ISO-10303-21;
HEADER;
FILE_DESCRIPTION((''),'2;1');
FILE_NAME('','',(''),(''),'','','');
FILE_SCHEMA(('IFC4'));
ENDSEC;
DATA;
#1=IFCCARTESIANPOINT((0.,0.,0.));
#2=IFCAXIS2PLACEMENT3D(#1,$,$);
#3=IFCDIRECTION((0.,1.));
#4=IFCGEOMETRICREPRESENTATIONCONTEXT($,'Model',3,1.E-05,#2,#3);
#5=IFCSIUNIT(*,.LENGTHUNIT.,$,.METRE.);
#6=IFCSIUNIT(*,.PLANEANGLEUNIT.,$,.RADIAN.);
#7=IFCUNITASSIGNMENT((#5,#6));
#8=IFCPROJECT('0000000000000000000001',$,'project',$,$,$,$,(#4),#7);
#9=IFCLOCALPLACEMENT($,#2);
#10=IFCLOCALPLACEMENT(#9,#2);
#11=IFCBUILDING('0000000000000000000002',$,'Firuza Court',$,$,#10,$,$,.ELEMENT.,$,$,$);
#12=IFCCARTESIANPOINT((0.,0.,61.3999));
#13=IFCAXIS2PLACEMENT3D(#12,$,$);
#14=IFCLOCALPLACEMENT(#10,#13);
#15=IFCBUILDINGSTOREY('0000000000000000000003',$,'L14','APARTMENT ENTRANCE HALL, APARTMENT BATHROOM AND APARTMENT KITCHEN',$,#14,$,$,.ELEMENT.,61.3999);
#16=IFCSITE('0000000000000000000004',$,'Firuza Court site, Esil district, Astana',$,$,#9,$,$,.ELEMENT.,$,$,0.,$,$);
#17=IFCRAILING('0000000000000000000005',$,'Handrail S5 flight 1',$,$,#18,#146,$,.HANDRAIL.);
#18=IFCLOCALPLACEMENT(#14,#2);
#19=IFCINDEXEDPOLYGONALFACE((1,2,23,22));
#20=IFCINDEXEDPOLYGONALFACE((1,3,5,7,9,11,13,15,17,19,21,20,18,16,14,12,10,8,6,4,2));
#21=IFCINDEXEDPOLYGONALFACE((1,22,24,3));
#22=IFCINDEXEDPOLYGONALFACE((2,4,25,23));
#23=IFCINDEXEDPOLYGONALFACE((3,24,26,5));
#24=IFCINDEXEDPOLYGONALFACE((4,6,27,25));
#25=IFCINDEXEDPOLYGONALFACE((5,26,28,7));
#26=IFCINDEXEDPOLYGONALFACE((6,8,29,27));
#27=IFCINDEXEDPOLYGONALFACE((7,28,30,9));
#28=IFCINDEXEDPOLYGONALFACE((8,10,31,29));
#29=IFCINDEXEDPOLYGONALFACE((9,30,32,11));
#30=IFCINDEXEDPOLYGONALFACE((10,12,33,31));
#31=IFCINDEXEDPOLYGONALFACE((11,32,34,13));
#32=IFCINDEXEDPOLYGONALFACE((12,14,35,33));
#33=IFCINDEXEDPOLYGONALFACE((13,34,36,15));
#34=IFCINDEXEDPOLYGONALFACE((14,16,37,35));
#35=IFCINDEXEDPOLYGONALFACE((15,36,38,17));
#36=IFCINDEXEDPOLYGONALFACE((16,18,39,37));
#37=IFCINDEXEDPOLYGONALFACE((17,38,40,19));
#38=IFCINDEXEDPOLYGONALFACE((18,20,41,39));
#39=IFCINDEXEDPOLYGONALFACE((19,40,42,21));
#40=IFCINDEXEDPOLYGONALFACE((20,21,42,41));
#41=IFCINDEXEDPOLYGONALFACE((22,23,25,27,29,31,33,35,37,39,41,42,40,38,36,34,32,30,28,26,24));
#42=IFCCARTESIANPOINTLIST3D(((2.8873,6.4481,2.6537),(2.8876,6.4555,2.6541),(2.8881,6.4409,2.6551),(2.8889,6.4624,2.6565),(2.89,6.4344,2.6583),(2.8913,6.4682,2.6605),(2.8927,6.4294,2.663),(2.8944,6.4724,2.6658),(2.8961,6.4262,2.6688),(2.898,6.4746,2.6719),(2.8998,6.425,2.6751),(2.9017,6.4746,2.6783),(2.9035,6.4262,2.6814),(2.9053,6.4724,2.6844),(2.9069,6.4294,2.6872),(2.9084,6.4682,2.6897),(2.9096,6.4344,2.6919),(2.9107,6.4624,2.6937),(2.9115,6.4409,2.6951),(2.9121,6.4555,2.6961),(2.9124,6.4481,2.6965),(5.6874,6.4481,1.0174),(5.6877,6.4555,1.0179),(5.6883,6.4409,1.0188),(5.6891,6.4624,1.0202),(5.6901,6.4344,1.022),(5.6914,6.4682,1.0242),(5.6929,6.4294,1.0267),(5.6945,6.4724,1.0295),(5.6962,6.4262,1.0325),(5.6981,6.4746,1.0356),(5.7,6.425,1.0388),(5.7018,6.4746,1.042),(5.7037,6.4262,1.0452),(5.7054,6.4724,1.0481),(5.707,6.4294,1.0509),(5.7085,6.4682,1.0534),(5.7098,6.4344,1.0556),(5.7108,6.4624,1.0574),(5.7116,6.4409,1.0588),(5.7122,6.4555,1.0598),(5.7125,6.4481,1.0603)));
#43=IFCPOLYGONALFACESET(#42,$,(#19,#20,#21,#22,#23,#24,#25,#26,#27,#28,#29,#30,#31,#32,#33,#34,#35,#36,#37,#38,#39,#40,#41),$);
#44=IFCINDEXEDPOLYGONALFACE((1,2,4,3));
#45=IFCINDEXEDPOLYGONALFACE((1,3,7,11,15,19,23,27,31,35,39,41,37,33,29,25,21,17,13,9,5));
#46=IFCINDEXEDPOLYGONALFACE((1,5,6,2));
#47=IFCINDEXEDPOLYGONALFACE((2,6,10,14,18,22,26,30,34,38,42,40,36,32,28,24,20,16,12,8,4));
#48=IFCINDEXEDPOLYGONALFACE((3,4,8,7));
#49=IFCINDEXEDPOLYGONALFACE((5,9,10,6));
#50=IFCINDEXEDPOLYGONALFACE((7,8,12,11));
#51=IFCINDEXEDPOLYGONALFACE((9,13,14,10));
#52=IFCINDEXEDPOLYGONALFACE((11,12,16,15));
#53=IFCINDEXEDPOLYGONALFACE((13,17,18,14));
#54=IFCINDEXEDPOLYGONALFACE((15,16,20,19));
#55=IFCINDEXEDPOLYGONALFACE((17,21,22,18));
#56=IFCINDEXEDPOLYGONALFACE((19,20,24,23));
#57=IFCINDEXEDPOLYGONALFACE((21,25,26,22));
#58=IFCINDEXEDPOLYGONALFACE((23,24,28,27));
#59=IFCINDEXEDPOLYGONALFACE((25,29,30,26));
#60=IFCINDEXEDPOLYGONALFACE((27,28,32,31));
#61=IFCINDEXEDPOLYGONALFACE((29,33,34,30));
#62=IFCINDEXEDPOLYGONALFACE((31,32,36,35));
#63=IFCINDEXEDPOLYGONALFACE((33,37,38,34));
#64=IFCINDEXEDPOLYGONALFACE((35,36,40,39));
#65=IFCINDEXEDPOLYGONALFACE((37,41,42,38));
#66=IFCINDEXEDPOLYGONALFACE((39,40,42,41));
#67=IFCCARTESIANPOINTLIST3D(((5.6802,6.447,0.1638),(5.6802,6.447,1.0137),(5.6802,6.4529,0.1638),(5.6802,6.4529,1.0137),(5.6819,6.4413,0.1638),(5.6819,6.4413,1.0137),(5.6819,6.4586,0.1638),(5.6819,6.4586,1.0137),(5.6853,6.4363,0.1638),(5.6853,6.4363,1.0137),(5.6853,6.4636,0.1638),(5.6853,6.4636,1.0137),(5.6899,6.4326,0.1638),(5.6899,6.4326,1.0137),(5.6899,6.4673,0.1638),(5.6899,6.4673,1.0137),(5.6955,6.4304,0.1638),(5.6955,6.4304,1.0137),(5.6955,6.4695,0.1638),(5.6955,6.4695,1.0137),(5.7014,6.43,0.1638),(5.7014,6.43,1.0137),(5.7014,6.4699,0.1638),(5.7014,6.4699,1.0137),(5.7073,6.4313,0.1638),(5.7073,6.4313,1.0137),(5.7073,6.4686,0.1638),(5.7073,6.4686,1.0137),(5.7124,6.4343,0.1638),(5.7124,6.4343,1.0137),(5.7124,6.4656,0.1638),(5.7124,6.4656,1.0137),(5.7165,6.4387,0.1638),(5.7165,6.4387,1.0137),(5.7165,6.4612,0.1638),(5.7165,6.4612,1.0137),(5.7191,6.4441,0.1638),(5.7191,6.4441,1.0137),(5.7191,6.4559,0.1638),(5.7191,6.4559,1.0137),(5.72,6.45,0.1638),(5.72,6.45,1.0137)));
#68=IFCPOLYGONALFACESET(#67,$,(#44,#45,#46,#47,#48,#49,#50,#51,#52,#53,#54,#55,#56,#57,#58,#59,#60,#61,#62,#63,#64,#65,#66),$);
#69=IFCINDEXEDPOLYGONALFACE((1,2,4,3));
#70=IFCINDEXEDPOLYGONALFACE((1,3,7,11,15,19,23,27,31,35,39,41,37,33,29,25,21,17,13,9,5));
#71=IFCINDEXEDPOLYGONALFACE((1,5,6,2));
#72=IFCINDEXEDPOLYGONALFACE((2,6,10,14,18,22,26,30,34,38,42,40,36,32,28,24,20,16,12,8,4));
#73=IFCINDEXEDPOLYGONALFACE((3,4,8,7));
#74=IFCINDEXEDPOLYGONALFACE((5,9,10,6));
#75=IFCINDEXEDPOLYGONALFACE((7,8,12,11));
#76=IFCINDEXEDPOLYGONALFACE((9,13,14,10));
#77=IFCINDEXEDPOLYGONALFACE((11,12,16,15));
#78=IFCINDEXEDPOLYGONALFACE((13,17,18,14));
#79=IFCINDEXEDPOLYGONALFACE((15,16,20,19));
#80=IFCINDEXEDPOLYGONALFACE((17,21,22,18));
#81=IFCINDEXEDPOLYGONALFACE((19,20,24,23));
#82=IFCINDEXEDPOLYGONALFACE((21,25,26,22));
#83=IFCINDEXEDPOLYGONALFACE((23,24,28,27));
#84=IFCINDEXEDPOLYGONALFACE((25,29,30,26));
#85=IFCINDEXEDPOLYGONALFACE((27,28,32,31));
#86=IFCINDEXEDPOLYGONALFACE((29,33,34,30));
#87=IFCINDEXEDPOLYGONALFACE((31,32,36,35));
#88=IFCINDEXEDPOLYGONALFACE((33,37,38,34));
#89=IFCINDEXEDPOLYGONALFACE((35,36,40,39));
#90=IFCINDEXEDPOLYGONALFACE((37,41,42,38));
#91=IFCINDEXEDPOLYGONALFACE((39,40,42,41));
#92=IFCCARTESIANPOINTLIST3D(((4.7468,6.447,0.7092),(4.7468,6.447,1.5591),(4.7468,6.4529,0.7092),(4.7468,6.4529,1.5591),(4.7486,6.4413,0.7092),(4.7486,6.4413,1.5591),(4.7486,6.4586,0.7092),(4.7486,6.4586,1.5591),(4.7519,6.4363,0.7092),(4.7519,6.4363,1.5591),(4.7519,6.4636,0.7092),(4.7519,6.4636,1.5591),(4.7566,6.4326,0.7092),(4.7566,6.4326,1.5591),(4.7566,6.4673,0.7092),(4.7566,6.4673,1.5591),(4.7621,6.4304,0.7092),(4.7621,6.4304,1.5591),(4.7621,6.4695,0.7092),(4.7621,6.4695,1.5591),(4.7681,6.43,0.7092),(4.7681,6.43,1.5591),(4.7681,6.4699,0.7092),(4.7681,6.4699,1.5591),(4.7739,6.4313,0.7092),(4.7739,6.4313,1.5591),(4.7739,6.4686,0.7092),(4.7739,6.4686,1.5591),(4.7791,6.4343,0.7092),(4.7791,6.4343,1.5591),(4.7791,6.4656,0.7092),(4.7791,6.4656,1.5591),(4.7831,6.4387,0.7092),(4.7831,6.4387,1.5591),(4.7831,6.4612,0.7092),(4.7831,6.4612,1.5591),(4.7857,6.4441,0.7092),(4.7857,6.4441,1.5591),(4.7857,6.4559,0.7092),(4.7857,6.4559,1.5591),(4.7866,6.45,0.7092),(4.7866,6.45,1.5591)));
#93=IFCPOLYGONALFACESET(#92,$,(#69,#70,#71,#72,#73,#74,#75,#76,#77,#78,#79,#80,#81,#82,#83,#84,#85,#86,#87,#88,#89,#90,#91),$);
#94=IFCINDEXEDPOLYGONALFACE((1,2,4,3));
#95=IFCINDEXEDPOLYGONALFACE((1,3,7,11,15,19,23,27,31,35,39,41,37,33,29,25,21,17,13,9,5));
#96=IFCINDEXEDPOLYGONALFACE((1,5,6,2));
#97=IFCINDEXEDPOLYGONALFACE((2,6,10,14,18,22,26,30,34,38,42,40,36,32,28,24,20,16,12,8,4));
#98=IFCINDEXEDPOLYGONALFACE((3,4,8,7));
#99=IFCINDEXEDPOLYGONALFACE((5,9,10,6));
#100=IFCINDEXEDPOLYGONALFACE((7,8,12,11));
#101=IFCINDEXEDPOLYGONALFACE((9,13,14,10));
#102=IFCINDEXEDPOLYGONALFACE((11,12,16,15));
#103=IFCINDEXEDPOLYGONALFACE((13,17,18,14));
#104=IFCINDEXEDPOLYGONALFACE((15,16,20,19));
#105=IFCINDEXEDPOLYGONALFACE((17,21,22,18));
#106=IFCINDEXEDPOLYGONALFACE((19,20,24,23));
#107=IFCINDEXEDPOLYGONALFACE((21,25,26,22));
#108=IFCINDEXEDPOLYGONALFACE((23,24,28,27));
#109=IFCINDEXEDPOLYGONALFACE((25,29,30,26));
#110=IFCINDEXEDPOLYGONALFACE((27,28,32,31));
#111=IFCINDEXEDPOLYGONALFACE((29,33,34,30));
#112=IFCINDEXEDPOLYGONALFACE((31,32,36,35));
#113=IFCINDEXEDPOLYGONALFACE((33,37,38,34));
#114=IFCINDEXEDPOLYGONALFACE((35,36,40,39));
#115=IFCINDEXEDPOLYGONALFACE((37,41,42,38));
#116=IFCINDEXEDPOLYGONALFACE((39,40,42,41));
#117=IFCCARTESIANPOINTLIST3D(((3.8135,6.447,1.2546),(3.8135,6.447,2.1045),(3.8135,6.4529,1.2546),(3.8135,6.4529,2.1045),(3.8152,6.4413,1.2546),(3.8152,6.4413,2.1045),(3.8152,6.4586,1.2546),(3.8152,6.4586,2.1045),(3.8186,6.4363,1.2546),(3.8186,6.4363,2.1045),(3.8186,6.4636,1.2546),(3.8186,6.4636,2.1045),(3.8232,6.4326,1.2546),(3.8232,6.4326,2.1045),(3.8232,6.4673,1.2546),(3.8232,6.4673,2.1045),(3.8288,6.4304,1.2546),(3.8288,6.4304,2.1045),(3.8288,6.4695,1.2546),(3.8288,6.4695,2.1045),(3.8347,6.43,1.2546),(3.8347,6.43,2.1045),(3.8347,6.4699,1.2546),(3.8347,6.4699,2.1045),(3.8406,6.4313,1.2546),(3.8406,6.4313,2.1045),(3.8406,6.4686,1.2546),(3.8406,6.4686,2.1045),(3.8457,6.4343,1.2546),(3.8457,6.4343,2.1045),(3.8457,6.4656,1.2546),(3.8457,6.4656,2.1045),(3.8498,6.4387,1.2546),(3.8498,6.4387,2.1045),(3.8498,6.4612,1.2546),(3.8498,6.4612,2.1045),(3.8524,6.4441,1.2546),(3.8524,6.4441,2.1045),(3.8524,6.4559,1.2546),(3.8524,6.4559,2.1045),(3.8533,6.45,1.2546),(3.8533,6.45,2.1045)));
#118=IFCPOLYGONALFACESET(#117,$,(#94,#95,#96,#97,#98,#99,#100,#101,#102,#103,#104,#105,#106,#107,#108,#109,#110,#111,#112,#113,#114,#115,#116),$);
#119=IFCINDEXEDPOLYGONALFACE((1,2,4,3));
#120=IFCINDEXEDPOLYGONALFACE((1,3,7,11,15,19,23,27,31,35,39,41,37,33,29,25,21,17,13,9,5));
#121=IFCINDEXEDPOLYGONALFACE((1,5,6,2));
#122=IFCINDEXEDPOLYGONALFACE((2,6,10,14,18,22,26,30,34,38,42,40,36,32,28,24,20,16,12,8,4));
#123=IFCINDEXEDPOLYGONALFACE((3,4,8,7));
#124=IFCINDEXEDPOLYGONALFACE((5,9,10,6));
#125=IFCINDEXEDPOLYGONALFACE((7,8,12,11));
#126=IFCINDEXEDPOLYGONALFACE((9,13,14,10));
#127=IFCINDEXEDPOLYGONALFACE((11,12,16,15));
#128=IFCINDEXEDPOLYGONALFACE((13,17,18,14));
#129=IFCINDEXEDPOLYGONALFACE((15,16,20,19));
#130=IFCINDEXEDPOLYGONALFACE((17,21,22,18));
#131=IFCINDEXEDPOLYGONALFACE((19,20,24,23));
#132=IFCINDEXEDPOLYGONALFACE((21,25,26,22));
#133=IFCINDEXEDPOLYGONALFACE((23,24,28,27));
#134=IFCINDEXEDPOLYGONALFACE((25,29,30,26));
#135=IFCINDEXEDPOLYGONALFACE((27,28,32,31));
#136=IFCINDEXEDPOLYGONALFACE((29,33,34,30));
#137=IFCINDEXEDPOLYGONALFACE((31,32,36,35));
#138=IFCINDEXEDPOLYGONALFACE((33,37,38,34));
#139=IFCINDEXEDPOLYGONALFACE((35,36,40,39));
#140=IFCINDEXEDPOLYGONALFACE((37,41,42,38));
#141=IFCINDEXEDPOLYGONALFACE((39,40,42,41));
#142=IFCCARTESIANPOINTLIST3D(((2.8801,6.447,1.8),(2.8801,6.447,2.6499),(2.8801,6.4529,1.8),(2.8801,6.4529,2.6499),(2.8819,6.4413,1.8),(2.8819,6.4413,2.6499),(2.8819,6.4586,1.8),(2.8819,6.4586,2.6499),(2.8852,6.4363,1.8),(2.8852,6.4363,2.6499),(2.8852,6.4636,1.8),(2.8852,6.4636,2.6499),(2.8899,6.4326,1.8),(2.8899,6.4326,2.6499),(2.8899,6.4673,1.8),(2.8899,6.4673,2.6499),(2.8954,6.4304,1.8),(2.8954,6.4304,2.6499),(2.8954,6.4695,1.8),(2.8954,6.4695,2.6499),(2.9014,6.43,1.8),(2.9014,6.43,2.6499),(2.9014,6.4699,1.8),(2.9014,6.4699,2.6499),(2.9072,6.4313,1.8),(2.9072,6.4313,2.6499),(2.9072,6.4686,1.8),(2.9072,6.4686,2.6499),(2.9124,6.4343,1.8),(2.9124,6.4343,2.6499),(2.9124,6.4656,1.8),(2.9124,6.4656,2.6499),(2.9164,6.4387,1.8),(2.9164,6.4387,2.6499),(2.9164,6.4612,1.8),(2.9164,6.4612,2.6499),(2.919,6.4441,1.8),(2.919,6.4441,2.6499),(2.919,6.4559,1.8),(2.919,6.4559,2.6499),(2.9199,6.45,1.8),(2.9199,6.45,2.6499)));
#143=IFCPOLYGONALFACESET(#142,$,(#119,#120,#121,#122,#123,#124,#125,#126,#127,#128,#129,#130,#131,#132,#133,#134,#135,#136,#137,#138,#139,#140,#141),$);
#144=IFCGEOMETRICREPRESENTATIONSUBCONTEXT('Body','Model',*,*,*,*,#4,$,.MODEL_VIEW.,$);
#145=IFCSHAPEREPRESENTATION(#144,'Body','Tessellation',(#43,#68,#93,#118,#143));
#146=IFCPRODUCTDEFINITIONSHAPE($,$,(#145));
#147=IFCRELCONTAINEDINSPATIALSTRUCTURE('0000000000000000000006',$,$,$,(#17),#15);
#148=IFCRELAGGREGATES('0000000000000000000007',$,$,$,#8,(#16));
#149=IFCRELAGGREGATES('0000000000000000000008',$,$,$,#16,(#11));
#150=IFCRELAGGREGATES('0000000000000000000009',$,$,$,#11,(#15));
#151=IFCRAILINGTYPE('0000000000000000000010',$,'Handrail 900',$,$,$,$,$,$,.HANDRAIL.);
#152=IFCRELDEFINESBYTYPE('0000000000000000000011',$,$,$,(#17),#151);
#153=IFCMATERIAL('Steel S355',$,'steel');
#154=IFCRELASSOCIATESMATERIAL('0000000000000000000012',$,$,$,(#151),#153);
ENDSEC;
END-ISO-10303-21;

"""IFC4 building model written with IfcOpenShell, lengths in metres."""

from ifc_helpers import new_model, si_unit, direction, frame, origin, origin_2d, place, context, subcontext, project, spatial, circle, extrude, material, type_object, element, save


model = new_model("IFC4")

# Units and contexts
model_context = context("Model", 3, precision=1e-05, world=origin(), true_north=direction((0.0, 1.0)))
body_context = subcontext(model_context, "Body", "Model", "MODEL_VIEW")
ifc_project = project(units=[si_unit("LENGTHUNIT", "METRE"), si_unit("PLANEANGLEUNIT", "RADIAN")], contexts=[model_context])

# Site, building, storey
site_placement = place(None, origin())
site = spatial("IfcSite", under=ifc_project, at=site_placement, Name="Firuza Court site, Esil district, Astana", CompositionType="ELEMENT", RefElevation=0.0)
building_placement = place(site_placement, origin())
building = spatial("IfcBuilding", under=site, at=building_placement, Name="Firuza Court", CompositionType="ELEMENT")
storey_placement = place(building_placement, frame((0.0, 0.0, 61.3999)))
storey = spatial("IfcBuildingStorey", under=building, at=storey_placement, Name="L14", Description="APARTMENT ENTRANCE HALL, APARTMENT BATHROOM AND APARTMENT KITCHEN", CompositionType="ELEMENT", Elevation=61.3999)

# Railing
ifc_material_1 = material(Name="Steel S355", Category="steel")
railing_type_1 = type_object("IfcRailingType", Name="Handrail 900", PredefinedType="HANDRAIL", material=ifc_material_1)
railing_1_placement = place(storey_placement, frame((5.7, 6.45, 0.1638)))
element("IfcRailing", 1, at=railing_1_placement, inside=storey, type_object=railing_type_1, Name="Handrail S5 flight 1", PredefinedType="HANDRAIL", context=body_context, shape_type="SweptSolid", body=[
    extrude(circle(Radius=0.0249, at=origin_2d()), frame((0.0, 0.0, 0.875), z_axis=(-0.863394, 0.0, 0.504531), x_axis=(0.0, -1.0, 0.0)), (0.0, 0.0, 1.0), 3.2432),
    extrude(circle(Radius=0.02, at=origin_2d()), origin(), (0.0, 0.0, 1.0), 0.8499),
    extrude(circle(Radius=0.02, at=origin_2d()), frame((-0.9333, 0.0, 0.5454)), (0.0, 0.0, 1.0), 0.8499),
    extrude(circle(Radius=0.02, at=origin_2d()), frame((-1.8667, 0.0, 1.0908)), (0.0, 0.0, 1.0), 0.8499),
    extrude(circle(Radius=0.02, at=origin_2d()), frame((-2.8, 0.0, 1.6362)), (0.0, 0.0, 1.0), 0.8499),
])

save(model, "model.ifc")
